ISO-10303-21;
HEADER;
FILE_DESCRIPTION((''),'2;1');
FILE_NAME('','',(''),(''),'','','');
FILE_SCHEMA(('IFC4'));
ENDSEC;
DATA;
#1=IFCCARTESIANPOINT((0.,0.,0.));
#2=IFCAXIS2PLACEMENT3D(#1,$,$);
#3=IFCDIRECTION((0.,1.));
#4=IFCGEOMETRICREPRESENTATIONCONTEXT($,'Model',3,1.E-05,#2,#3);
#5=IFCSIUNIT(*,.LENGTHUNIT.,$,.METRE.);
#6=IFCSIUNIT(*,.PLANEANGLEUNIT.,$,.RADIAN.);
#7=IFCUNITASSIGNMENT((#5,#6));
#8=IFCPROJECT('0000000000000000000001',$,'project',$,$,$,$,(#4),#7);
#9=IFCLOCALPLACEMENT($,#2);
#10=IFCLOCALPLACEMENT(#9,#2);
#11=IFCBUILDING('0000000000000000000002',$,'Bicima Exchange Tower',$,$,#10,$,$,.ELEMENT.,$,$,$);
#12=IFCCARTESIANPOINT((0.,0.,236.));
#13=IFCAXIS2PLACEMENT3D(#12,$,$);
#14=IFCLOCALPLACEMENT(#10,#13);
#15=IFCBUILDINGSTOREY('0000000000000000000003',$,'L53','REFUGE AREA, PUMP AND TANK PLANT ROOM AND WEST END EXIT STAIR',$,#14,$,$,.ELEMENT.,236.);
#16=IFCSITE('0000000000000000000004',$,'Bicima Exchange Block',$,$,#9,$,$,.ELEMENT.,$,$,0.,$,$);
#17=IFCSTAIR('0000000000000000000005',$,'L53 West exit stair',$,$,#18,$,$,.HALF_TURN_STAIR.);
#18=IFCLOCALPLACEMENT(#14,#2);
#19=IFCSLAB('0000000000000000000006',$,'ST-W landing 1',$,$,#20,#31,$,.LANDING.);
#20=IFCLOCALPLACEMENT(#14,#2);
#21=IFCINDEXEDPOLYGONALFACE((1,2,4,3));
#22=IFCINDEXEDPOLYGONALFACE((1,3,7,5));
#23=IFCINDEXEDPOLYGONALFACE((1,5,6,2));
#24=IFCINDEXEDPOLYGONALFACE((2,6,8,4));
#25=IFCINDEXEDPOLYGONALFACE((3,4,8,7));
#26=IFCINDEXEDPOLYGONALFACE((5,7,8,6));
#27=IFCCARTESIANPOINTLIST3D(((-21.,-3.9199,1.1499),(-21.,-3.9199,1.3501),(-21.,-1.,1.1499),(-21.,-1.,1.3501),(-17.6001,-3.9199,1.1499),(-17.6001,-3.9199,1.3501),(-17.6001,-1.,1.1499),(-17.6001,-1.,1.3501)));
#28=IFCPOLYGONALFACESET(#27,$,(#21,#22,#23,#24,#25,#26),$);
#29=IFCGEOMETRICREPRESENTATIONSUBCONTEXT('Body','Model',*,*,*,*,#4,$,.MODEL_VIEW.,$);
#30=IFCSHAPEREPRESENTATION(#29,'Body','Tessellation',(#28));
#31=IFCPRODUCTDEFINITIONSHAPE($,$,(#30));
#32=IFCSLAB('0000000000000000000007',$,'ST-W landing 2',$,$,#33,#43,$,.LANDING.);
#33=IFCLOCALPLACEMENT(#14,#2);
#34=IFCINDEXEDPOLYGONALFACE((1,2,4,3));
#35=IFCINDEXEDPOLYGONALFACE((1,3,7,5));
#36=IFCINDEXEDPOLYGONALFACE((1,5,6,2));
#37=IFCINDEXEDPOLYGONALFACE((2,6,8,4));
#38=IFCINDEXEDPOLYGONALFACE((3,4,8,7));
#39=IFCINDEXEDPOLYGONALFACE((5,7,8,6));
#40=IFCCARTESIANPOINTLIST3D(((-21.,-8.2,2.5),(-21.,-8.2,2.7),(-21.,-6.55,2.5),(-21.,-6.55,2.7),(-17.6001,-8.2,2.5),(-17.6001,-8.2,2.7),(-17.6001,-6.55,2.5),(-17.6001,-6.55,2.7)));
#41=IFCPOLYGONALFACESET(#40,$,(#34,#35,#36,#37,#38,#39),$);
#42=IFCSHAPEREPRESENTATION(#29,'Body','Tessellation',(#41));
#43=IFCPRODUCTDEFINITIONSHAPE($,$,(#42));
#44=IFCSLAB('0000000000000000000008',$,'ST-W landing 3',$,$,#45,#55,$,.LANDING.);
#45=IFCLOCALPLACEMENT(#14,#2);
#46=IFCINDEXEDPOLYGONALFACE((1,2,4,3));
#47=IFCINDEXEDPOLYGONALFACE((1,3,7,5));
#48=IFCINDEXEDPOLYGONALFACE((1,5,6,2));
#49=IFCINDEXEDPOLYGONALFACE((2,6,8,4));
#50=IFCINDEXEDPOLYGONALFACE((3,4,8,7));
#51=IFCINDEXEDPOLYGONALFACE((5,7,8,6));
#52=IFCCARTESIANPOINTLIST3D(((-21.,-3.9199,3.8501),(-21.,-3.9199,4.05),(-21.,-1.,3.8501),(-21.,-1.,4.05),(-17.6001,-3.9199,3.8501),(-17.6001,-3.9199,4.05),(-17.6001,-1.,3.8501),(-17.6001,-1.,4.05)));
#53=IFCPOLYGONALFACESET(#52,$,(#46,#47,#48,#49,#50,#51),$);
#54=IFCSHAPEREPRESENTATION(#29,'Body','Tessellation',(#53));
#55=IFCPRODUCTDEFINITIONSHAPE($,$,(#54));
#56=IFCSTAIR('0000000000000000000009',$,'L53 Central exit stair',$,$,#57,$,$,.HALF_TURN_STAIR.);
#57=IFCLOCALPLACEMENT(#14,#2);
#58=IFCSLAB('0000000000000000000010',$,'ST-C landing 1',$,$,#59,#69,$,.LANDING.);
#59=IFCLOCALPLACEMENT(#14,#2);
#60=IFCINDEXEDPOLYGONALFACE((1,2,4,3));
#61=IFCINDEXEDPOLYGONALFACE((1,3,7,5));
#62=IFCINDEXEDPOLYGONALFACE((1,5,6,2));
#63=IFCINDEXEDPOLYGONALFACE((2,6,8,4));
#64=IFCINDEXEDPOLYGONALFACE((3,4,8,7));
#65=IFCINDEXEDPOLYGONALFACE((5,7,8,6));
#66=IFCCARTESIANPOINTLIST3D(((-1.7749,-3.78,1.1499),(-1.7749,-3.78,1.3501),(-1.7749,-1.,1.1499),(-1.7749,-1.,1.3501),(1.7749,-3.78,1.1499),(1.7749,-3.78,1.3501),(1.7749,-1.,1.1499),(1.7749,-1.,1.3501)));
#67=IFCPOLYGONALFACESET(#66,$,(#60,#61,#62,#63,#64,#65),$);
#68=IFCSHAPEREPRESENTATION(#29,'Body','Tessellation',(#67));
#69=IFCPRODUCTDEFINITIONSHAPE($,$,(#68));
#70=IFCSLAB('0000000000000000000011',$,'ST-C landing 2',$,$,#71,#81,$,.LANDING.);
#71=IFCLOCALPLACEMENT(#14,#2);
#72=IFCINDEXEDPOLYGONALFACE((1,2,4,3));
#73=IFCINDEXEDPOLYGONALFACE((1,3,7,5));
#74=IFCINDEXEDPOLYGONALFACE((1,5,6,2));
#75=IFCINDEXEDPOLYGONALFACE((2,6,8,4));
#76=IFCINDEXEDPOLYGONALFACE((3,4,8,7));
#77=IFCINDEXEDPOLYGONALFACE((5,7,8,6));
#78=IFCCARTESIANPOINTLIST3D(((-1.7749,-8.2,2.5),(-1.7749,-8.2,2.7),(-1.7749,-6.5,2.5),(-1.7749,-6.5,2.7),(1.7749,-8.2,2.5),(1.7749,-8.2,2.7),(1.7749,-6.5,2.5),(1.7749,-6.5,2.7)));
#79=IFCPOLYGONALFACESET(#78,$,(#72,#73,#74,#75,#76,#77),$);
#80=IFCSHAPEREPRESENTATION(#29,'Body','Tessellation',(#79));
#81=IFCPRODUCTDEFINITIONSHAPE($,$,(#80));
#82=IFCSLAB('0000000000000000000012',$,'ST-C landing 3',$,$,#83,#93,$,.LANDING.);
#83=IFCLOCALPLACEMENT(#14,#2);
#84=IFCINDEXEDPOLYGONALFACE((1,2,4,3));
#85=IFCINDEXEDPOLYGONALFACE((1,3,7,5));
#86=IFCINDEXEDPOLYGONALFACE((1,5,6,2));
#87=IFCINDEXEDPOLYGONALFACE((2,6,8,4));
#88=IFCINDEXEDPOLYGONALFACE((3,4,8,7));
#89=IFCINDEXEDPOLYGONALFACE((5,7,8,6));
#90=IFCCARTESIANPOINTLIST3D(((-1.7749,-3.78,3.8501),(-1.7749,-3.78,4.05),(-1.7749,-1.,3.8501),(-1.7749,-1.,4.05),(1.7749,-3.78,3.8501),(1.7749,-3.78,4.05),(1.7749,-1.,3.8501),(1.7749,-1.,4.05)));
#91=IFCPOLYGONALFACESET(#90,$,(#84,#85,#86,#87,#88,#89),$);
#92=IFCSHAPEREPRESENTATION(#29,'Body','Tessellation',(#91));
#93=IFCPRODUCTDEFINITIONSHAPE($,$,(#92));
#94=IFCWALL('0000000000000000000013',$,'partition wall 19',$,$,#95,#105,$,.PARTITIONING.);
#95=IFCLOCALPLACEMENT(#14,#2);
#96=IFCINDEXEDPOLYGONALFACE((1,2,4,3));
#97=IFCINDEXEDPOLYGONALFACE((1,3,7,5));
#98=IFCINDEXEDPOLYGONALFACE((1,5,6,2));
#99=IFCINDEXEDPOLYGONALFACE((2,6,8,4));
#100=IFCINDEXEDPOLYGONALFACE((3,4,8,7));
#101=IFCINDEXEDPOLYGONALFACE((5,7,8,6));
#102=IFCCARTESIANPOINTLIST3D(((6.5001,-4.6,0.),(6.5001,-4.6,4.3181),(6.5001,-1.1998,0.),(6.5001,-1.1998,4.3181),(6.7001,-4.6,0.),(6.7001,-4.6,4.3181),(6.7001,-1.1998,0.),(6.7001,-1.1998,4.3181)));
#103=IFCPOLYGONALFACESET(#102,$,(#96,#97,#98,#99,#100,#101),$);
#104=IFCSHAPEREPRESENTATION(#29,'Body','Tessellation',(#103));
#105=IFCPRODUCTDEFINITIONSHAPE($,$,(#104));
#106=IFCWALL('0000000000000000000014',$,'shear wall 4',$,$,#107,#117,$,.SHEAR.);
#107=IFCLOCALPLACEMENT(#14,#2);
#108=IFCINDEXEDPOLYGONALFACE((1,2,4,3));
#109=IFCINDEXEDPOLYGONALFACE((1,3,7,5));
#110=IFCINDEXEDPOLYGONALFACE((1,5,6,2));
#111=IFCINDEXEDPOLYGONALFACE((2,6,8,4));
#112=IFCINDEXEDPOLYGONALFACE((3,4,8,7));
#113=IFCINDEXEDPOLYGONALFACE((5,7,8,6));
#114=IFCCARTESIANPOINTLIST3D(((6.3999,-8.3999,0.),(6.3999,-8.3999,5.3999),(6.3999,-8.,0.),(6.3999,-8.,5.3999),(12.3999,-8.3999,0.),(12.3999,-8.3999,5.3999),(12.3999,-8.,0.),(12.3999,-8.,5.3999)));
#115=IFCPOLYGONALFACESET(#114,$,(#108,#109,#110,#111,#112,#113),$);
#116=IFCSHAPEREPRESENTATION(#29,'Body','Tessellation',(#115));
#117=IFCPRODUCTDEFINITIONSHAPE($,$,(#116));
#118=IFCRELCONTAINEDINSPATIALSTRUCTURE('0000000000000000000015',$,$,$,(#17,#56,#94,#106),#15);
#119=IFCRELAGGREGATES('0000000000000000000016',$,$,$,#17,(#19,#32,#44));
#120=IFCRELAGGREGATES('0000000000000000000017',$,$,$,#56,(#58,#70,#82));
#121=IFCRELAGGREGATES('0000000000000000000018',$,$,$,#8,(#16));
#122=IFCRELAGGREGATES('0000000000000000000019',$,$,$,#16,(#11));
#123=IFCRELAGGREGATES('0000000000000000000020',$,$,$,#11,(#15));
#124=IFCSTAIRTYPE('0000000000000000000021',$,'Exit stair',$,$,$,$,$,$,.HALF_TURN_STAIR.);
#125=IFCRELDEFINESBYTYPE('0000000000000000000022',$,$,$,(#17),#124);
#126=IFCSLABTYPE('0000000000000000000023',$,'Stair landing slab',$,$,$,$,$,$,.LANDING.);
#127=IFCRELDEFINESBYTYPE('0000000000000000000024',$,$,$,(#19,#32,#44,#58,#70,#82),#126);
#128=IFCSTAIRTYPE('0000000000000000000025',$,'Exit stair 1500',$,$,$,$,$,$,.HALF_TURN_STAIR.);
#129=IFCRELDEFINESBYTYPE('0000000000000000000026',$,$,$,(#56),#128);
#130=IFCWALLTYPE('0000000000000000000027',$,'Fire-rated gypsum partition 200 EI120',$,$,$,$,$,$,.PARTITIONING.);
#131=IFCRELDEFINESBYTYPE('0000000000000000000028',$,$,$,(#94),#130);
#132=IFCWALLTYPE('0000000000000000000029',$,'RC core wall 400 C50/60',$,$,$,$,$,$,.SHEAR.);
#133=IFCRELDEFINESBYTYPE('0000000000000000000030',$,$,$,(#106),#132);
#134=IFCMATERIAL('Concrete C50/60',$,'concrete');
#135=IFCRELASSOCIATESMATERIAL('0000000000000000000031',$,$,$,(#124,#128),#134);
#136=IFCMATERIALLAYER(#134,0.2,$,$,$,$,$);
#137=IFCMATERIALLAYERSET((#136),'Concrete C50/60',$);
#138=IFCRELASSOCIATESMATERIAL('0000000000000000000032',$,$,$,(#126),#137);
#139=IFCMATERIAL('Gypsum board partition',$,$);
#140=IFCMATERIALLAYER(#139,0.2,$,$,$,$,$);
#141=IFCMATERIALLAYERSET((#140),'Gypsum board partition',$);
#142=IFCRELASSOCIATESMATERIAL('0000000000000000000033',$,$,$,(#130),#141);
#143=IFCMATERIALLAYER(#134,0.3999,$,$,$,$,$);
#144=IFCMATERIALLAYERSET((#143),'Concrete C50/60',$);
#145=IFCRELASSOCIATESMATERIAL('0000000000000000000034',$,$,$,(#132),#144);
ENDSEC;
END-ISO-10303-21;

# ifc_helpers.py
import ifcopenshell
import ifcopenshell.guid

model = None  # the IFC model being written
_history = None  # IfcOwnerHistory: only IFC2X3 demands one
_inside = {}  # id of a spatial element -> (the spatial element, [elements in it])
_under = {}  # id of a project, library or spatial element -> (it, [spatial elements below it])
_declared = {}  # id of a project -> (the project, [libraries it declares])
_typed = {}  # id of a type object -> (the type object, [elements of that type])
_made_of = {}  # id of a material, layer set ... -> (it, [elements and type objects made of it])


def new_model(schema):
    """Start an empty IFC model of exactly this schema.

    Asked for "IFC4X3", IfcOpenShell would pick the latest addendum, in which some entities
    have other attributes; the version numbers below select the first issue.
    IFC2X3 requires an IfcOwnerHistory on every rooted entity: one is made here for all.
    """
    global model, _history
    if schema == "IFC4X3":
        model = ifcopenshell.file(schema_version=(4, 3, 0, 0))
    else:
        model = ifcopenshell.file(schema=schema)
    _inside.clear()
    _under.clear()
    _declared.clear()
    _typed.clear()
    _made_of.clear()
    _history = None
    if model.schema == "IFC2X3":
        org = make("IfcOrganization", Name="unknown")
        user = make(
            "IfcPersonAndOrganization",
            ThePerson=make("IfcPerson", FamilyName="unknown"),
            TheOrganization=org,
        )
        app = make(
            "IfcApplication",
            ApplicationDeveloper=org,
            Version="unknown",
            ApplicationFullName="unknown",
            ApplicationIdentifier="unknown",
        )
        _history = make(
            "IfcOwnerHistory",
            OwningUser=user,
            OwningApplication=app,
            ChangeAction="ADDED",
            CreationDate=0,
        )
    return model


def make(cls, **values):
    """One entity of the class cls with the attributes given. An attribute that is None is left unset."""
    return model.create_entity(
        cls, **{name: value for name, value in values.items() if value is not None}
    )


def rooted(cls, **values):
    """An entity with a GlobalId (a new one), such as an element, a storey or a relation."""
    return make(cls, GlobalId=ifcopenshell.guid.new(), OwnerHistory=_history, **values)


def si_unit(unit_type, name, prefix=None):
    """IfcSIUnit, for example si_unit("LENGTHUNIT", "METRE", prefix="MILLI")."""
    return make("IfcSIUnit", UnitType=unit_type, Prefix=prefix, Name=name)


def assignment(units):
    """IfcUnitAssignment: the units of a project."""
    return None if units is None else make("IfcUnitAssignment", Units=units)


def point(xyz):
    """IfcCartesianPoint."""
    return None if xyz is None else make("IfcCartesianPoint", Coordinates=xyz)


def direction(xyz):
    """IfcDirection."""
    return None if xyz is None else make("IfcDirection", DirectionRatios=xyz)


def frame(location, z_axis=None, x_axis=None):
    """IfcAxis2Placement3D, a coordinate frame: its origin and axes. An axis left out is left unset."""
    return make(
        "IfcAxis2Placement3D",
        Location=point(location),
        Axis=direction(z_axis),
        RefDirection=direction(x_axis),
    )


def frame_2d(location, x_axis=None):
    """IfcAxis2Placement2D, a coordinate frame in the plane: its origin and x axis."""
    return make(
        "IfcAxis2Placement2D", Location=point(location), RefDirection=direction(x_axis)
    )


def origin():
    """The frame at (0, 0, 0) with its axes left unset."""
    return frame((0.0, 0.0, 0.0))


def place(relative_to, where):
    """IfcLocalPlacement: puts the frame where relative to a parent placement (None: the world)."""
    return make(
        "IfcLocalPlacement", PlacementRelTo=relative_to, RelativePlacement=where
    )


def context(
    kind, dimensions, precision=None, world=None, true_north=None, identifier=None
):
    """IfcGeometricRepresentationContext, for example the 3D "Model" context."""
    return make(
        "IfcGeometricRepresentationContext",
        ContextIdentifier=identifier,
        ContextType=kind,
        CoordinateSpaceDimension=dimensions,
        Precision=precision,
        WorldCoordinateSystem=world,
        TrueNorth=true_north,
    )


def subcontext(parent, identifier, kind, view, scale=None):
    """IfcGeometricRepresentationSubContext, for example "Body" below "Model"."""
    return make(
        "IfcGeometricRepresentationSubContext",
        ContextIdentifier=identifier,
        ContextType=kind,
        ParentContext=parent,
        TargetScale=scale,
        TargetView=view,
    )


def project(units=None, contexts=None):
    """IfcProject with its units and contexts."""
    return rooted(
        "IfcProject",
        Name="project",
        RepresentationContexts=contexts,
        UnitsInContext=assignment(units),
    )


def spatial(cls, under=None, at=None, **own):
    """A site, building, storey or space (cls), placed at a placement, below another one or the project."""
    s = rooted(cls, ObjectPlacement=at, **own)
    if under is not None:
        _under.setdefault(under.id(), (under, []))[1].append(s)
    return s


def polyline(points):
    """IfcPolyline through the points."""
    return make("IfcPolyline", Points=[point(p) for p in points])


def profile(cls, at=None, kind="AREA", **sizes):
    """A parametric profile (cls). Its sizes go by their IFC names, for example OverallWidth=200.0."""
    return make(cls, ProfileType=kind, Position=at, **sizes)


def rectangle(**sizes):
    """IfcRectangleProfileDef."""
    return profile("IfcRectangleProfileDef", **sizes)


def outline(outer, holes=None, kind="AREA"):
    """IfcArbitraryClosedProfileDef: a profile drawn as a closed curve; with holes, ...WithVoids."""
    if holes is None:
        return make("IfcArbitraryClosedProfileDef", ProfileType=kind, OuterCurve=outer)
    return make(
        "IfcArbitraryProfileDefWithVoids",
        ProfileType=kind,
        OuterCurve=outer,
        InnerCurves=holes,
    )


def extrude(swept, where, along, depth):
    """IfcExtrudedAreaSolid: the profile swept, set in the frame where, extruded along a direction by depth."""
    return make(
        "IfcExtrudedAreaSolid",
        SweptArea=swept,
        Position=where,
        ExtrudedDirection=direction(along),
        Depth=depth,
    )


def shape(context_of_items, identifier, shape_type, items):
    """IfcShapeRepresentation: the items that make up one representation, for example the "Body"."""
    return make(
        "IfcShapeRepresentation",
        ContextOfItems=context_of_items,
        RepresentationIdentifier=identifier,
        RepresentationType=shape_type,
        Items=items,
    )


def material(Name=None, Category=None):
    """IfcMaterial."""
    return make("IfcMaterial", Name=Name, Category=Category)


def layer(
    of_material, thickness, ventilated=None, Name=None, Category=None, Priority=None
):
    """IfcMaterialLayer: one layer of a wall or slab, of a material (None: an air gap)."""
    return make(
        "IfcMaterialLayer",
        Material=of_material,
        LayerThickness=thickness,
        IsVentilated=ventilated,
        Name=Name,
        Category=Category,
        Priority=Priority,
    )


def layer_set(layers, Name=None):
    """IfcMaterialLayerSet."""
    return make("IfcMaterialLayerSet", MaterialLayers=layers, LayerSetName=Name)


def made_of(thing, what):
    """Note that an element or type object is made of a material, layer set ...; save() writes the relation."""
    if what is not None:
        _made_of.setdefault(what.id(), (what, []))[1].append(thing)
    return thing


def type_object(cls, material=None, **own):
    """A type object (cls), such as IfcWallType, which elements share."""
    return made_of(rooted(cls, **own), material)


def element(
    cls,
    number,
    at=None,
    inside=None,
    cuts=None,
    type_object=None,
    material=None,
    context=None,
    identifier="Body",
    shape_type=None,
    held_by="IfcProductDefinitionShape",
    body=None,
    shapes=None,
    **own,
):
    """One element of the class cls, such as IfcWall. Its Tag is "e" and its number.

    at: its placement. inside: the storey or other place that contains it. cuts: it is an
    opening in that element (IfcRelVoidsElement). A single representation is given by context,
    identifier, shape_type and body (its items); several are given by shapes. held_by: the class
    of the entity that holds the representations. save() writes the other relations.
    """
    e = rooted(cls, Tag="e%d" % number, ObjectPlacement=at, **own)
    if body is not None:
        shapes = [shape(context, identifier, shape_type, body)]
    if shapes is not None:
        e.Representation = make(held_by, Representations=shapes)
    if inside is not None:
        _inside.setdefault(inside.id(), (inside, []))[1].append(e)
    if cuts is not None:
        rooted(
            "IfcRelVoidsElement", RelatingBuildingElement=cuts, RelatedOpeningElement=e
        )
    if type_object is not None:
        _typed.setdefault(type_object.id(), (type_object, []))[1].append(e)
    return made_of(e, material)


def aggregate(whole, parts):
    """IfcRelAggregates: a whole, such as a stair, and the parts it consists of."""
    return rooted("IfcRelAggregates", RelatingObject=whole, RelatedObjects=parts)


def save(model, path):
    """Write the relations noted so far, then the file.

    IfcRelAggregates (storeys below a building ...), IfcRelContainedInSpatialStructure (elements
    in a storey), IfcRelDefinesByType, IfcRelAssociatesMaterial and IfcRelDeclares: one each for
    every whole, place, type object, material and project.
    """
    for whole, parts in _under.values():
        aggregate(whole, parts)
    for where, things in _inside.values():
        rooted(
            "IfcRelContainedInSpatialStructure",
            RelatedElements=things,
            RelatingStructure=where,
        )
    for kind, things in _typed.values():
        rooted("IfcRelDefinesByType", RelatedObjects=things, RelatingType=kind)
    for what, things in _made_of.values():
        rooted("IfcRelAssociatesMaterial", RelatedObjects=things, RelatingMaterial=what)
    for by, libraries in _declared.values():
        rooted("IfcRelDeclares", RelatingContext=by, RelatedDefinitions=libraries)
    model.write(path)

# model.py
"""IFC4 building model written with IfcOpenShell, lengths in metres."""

from ifc_helpers import new_model, si_unit, direction, frame, frame_2d, origin, place, context, subcontext, project, spatial, polyline, rectangle, outline, extrude, material, layer, layer_set, type_object, element, aggregate, save


model = new_model("IFC4")

# Units and contexts
model_context = context("Model", 3, precision=1e-05, world=origin(), true_north=direction((0.0, 1.0)))
body_context = subcontext(model_context, "Body", "Model", "MODEL_VIEW")
ifc_project = project(units=[si_unit("LENGTHUNIT", "METRE"), si_unit("PLANEANGLEUNIT", "RADIAN")], contexts=[model_context])

# Site, building, storey
site_placement = place(None, origin())
site = spatial("IfcSite", under=ifc_project, at=site_placement, Name="Bicima Exchange Block", CompositionType="ELEMENT", RefElevation=0.0)
building_placement = place(site_placement, origin())
building = spatial("IfcBuilding", under=site, at=building_placement, Name="Bicima Exchange Tower", CompositionType="ELEMENT")
storey_placement = place(building_placement, frame((0.0, 0.0, 236.0)))
storey = spatial("IfcBuildingStorey", under=building, at=storey_placement, Name="L53", Description="REFUGE AREA, PUMP AND TANK PLANT ROOM AND WEST END EXIT STAIR", CompositionType="ELEMENT", Elevation=236.0)

# Stairs, slabs
ifc_material_1 = material(Name="Concrete C50/60", Category="concrete")
stair_type_1 = type_object("IfcStairType", Name="Exit stair", PredefinedType="HALF_TURN_STAIR", material=ifc_material_1)
stair_1_placement = place(storey_placement, origin())
stair_1 = element("IfcStair", 1, at=stair_1_placement, inside=storey, type_object=stair_type_1, Name="L53 West exit stair", PredefinedType="HALF_TURN_STAIR")
ifc_layer_1 = layer(ifc_material_1, 0.2)
ifc_layer_set_1 = layer_set([ifc_layer_1], Name="Concrete C50/60")
slab_type = type_object("IfcSlabType", Name="Stair landing slab", PredefinedType="LANDING", material=ifc_layer_set_1)
slab_1_placement = place(storey_placement, frame((0.0, 0.0, 1.1499)))
slab_1 = element("IfcSlab", 2, at=slab_1_placement, type_object=slab_type, Name="ST-W landing 1", PredefinedType="LANDING", context=body_context, shape_type="SweptSolid", body=[
    extrude(outline(polyline([(-17.6001, -3.9199), (-17.6001, -1.0), (-21.0, -1.0), (-21.0, -3.9199), (-17.6001, -3.9199)])), origin(), (0.0, 0.0, 1.0), 0.2002),
])
slab_2_placement = place(storey_placement, frame((0.0, 0.0, 2.5)))
slab_2 = element("IfcSlab", 3, at=slab_2_placement, type_object=slab_type, Name="ST-W landing 2", PredefinedType="LANDING", context=body_context, shape_type="SweptSolid", body=[
    extrude(outline(polyline([(-17.6001, -8.2), (-17.6001, -6.55), (-21.0, -6.55), (-21.0, -8.2), (-17.6001, -8.2)])), origin(), (0.0, 0.0, 1.0), 0.2),
])
slab_3_placement = place(storey_placement, frame((0.0, 0.0, 3.8501)))
slab_3 = element("IfcSlab", 4, at=slab_3_placement, type_object=slab_type, Name="ST-W landing 3", PredefinedType="LANDING", context=body_context, shape_type="SweptSolid", body=[
    extrude(outline(polyline([(-17.6001, -3.9199), (-17.6001, -1.0), (-21.0, -1.0), (-21.0, -3.9199), (-17.6001, -3.9199)])), origin(), (0.0, 0.0, 1.0), 0.2),
])
aggregate(stair_1, [slab_1, slab_2, slab_3])
stair_type_2 = type_object("IfcStairType", Name="Exit stair 1500", PredefinedType="HALF_TURN_STAIR", material=ifc_material_1)
stair_2_placement = place(storey_placement, origin())
stair_2 = element("IfcStair", 5, at=stair_2_placement, inside=storey, type_object=stair_type_2, Name="L53 Central exit stair", PredefinedType="HALF_TURN_STAIR")
slab_4_placement = place(storey_placement, frame((0.0, 0.0, 1.1499)))
slab_4 = element("IfcSlab", 6, at=slab_4_placement, type_object=slab_type, Name="ST-C landing 1", PredefinedType="LANDING", context=body_context, shape_type="SweptSolid", body=[
    extrude(outline(polyline([(1.7749, -3.78), (1.7749, -1.0), (-1.7749, -1.0), (-1.7749, -3.78), (1.7749, -3.78)])), origin(), (0.0, 0.0, 1.0), 0.2002),
])
slab_5_placement = place(storey_placement, frame((0.0, 0.0, 2.5)))
slab_5 = element("IfcSlab", 7, at=slab_5_placement, type_object=slab_type, Name="ST-C landing 2", PredefinedType="LANDING", context=body_context, shape_type="SweptSolid", body=[
    extrude(outline(polyline([(1.7749, -8.2), (1.7749, -6.5), (-1.7749, -6.5), (-1.7749, -8.2), (1.7749, -8.2)])), origin(), (0.0, 0.0, 1.0), 0.2),
])
slab_6_placement = place(storey_placement, frame((0.0, 0.0, 3.8501)))
slab_6 = element("IfcSlab", 8, at=slab_6_placement, type_object=slab_type, Name="ST-C landing 3", PredefinedType="LANDING", context=body_context, shape_type="SweptSolid", body=[
    extrude(outline(polyline([(1.7749, -3.78), (1.7749, -1.0), (-1.7749, -1.0), (-1.7749, -3.78), (1.7749, -3.78)])), origin(), (0.0, 0.0, 1.0), 0.2),
])

# Walls
ifc_material_2 = material(Name="Gypsum board partition")
ifc_layer_2 = layer(ifc_material_2, 0.2)
ifc_layer_set_2 = layer_set([ifc_layer_2], Name="Gypsum board partition")
wall_type_1 = type_object("IfcWallType", Name="Fire-rated gypsum partition 200 EI120", PredefinedType="PARTITIONING", material=ifc_layer_set_2)
wall_1_placement = place(storey_placement, frame((6.6001, -4.6001, 0.0), z_axis=(0.0, 0.0, 1.0), x_axis=(0.0, 1.0, 0.0)))
element("IfcWall", 9, at=wall_1_placement, inside=storey, type_object=wall_type_1, Name="partition wall 19", PredefinedType="PARTITIONING", context=body_context, shape_type="SweptSolid", body=[
    extrude(rectangle(XDim=3.4001, YDim=0.2, at=frame_2d((1.7002, 0.0))), origin(), (0.0, 0.0, 1.0), 4.3181),
])
ifc_layer_3 = layer(ifc_material_1, 0.3999)
ifc_layer_set_3 = layer_set([ifc_layer_3], Name="Concrete C50/60")
wall_type_2 = type_object("IfcWallType", Name="RC core wall 400 C50/60", PredefinedType="SHEAR", material=ifc_layer_set_3)
wall_2_placement = place(storey_placement, frame((6.3999, -8.2, 0.0), z_axis=(0.0, 0.0, 1.0), x_axis=(1.0, 0.0, 0.0)))
element("IfcWall", 10, at=wall_2_placement, inside=storey, type_object=wall_type_2, Name="shear wall 4", PredefinedType="SHEAR", context=body_context, shape_type="SweptSolid", body=[
    extrude(rectangle(XDim=6.0, YDim=0.3999, at=frame_2d((3.0, 0.0))), origin(), (0.0, 0.0, 1.0), 5.3999),
])

aggregate(stair_2, [slab_4, slab_5, slab_6])

save(model, "model.ifc")
